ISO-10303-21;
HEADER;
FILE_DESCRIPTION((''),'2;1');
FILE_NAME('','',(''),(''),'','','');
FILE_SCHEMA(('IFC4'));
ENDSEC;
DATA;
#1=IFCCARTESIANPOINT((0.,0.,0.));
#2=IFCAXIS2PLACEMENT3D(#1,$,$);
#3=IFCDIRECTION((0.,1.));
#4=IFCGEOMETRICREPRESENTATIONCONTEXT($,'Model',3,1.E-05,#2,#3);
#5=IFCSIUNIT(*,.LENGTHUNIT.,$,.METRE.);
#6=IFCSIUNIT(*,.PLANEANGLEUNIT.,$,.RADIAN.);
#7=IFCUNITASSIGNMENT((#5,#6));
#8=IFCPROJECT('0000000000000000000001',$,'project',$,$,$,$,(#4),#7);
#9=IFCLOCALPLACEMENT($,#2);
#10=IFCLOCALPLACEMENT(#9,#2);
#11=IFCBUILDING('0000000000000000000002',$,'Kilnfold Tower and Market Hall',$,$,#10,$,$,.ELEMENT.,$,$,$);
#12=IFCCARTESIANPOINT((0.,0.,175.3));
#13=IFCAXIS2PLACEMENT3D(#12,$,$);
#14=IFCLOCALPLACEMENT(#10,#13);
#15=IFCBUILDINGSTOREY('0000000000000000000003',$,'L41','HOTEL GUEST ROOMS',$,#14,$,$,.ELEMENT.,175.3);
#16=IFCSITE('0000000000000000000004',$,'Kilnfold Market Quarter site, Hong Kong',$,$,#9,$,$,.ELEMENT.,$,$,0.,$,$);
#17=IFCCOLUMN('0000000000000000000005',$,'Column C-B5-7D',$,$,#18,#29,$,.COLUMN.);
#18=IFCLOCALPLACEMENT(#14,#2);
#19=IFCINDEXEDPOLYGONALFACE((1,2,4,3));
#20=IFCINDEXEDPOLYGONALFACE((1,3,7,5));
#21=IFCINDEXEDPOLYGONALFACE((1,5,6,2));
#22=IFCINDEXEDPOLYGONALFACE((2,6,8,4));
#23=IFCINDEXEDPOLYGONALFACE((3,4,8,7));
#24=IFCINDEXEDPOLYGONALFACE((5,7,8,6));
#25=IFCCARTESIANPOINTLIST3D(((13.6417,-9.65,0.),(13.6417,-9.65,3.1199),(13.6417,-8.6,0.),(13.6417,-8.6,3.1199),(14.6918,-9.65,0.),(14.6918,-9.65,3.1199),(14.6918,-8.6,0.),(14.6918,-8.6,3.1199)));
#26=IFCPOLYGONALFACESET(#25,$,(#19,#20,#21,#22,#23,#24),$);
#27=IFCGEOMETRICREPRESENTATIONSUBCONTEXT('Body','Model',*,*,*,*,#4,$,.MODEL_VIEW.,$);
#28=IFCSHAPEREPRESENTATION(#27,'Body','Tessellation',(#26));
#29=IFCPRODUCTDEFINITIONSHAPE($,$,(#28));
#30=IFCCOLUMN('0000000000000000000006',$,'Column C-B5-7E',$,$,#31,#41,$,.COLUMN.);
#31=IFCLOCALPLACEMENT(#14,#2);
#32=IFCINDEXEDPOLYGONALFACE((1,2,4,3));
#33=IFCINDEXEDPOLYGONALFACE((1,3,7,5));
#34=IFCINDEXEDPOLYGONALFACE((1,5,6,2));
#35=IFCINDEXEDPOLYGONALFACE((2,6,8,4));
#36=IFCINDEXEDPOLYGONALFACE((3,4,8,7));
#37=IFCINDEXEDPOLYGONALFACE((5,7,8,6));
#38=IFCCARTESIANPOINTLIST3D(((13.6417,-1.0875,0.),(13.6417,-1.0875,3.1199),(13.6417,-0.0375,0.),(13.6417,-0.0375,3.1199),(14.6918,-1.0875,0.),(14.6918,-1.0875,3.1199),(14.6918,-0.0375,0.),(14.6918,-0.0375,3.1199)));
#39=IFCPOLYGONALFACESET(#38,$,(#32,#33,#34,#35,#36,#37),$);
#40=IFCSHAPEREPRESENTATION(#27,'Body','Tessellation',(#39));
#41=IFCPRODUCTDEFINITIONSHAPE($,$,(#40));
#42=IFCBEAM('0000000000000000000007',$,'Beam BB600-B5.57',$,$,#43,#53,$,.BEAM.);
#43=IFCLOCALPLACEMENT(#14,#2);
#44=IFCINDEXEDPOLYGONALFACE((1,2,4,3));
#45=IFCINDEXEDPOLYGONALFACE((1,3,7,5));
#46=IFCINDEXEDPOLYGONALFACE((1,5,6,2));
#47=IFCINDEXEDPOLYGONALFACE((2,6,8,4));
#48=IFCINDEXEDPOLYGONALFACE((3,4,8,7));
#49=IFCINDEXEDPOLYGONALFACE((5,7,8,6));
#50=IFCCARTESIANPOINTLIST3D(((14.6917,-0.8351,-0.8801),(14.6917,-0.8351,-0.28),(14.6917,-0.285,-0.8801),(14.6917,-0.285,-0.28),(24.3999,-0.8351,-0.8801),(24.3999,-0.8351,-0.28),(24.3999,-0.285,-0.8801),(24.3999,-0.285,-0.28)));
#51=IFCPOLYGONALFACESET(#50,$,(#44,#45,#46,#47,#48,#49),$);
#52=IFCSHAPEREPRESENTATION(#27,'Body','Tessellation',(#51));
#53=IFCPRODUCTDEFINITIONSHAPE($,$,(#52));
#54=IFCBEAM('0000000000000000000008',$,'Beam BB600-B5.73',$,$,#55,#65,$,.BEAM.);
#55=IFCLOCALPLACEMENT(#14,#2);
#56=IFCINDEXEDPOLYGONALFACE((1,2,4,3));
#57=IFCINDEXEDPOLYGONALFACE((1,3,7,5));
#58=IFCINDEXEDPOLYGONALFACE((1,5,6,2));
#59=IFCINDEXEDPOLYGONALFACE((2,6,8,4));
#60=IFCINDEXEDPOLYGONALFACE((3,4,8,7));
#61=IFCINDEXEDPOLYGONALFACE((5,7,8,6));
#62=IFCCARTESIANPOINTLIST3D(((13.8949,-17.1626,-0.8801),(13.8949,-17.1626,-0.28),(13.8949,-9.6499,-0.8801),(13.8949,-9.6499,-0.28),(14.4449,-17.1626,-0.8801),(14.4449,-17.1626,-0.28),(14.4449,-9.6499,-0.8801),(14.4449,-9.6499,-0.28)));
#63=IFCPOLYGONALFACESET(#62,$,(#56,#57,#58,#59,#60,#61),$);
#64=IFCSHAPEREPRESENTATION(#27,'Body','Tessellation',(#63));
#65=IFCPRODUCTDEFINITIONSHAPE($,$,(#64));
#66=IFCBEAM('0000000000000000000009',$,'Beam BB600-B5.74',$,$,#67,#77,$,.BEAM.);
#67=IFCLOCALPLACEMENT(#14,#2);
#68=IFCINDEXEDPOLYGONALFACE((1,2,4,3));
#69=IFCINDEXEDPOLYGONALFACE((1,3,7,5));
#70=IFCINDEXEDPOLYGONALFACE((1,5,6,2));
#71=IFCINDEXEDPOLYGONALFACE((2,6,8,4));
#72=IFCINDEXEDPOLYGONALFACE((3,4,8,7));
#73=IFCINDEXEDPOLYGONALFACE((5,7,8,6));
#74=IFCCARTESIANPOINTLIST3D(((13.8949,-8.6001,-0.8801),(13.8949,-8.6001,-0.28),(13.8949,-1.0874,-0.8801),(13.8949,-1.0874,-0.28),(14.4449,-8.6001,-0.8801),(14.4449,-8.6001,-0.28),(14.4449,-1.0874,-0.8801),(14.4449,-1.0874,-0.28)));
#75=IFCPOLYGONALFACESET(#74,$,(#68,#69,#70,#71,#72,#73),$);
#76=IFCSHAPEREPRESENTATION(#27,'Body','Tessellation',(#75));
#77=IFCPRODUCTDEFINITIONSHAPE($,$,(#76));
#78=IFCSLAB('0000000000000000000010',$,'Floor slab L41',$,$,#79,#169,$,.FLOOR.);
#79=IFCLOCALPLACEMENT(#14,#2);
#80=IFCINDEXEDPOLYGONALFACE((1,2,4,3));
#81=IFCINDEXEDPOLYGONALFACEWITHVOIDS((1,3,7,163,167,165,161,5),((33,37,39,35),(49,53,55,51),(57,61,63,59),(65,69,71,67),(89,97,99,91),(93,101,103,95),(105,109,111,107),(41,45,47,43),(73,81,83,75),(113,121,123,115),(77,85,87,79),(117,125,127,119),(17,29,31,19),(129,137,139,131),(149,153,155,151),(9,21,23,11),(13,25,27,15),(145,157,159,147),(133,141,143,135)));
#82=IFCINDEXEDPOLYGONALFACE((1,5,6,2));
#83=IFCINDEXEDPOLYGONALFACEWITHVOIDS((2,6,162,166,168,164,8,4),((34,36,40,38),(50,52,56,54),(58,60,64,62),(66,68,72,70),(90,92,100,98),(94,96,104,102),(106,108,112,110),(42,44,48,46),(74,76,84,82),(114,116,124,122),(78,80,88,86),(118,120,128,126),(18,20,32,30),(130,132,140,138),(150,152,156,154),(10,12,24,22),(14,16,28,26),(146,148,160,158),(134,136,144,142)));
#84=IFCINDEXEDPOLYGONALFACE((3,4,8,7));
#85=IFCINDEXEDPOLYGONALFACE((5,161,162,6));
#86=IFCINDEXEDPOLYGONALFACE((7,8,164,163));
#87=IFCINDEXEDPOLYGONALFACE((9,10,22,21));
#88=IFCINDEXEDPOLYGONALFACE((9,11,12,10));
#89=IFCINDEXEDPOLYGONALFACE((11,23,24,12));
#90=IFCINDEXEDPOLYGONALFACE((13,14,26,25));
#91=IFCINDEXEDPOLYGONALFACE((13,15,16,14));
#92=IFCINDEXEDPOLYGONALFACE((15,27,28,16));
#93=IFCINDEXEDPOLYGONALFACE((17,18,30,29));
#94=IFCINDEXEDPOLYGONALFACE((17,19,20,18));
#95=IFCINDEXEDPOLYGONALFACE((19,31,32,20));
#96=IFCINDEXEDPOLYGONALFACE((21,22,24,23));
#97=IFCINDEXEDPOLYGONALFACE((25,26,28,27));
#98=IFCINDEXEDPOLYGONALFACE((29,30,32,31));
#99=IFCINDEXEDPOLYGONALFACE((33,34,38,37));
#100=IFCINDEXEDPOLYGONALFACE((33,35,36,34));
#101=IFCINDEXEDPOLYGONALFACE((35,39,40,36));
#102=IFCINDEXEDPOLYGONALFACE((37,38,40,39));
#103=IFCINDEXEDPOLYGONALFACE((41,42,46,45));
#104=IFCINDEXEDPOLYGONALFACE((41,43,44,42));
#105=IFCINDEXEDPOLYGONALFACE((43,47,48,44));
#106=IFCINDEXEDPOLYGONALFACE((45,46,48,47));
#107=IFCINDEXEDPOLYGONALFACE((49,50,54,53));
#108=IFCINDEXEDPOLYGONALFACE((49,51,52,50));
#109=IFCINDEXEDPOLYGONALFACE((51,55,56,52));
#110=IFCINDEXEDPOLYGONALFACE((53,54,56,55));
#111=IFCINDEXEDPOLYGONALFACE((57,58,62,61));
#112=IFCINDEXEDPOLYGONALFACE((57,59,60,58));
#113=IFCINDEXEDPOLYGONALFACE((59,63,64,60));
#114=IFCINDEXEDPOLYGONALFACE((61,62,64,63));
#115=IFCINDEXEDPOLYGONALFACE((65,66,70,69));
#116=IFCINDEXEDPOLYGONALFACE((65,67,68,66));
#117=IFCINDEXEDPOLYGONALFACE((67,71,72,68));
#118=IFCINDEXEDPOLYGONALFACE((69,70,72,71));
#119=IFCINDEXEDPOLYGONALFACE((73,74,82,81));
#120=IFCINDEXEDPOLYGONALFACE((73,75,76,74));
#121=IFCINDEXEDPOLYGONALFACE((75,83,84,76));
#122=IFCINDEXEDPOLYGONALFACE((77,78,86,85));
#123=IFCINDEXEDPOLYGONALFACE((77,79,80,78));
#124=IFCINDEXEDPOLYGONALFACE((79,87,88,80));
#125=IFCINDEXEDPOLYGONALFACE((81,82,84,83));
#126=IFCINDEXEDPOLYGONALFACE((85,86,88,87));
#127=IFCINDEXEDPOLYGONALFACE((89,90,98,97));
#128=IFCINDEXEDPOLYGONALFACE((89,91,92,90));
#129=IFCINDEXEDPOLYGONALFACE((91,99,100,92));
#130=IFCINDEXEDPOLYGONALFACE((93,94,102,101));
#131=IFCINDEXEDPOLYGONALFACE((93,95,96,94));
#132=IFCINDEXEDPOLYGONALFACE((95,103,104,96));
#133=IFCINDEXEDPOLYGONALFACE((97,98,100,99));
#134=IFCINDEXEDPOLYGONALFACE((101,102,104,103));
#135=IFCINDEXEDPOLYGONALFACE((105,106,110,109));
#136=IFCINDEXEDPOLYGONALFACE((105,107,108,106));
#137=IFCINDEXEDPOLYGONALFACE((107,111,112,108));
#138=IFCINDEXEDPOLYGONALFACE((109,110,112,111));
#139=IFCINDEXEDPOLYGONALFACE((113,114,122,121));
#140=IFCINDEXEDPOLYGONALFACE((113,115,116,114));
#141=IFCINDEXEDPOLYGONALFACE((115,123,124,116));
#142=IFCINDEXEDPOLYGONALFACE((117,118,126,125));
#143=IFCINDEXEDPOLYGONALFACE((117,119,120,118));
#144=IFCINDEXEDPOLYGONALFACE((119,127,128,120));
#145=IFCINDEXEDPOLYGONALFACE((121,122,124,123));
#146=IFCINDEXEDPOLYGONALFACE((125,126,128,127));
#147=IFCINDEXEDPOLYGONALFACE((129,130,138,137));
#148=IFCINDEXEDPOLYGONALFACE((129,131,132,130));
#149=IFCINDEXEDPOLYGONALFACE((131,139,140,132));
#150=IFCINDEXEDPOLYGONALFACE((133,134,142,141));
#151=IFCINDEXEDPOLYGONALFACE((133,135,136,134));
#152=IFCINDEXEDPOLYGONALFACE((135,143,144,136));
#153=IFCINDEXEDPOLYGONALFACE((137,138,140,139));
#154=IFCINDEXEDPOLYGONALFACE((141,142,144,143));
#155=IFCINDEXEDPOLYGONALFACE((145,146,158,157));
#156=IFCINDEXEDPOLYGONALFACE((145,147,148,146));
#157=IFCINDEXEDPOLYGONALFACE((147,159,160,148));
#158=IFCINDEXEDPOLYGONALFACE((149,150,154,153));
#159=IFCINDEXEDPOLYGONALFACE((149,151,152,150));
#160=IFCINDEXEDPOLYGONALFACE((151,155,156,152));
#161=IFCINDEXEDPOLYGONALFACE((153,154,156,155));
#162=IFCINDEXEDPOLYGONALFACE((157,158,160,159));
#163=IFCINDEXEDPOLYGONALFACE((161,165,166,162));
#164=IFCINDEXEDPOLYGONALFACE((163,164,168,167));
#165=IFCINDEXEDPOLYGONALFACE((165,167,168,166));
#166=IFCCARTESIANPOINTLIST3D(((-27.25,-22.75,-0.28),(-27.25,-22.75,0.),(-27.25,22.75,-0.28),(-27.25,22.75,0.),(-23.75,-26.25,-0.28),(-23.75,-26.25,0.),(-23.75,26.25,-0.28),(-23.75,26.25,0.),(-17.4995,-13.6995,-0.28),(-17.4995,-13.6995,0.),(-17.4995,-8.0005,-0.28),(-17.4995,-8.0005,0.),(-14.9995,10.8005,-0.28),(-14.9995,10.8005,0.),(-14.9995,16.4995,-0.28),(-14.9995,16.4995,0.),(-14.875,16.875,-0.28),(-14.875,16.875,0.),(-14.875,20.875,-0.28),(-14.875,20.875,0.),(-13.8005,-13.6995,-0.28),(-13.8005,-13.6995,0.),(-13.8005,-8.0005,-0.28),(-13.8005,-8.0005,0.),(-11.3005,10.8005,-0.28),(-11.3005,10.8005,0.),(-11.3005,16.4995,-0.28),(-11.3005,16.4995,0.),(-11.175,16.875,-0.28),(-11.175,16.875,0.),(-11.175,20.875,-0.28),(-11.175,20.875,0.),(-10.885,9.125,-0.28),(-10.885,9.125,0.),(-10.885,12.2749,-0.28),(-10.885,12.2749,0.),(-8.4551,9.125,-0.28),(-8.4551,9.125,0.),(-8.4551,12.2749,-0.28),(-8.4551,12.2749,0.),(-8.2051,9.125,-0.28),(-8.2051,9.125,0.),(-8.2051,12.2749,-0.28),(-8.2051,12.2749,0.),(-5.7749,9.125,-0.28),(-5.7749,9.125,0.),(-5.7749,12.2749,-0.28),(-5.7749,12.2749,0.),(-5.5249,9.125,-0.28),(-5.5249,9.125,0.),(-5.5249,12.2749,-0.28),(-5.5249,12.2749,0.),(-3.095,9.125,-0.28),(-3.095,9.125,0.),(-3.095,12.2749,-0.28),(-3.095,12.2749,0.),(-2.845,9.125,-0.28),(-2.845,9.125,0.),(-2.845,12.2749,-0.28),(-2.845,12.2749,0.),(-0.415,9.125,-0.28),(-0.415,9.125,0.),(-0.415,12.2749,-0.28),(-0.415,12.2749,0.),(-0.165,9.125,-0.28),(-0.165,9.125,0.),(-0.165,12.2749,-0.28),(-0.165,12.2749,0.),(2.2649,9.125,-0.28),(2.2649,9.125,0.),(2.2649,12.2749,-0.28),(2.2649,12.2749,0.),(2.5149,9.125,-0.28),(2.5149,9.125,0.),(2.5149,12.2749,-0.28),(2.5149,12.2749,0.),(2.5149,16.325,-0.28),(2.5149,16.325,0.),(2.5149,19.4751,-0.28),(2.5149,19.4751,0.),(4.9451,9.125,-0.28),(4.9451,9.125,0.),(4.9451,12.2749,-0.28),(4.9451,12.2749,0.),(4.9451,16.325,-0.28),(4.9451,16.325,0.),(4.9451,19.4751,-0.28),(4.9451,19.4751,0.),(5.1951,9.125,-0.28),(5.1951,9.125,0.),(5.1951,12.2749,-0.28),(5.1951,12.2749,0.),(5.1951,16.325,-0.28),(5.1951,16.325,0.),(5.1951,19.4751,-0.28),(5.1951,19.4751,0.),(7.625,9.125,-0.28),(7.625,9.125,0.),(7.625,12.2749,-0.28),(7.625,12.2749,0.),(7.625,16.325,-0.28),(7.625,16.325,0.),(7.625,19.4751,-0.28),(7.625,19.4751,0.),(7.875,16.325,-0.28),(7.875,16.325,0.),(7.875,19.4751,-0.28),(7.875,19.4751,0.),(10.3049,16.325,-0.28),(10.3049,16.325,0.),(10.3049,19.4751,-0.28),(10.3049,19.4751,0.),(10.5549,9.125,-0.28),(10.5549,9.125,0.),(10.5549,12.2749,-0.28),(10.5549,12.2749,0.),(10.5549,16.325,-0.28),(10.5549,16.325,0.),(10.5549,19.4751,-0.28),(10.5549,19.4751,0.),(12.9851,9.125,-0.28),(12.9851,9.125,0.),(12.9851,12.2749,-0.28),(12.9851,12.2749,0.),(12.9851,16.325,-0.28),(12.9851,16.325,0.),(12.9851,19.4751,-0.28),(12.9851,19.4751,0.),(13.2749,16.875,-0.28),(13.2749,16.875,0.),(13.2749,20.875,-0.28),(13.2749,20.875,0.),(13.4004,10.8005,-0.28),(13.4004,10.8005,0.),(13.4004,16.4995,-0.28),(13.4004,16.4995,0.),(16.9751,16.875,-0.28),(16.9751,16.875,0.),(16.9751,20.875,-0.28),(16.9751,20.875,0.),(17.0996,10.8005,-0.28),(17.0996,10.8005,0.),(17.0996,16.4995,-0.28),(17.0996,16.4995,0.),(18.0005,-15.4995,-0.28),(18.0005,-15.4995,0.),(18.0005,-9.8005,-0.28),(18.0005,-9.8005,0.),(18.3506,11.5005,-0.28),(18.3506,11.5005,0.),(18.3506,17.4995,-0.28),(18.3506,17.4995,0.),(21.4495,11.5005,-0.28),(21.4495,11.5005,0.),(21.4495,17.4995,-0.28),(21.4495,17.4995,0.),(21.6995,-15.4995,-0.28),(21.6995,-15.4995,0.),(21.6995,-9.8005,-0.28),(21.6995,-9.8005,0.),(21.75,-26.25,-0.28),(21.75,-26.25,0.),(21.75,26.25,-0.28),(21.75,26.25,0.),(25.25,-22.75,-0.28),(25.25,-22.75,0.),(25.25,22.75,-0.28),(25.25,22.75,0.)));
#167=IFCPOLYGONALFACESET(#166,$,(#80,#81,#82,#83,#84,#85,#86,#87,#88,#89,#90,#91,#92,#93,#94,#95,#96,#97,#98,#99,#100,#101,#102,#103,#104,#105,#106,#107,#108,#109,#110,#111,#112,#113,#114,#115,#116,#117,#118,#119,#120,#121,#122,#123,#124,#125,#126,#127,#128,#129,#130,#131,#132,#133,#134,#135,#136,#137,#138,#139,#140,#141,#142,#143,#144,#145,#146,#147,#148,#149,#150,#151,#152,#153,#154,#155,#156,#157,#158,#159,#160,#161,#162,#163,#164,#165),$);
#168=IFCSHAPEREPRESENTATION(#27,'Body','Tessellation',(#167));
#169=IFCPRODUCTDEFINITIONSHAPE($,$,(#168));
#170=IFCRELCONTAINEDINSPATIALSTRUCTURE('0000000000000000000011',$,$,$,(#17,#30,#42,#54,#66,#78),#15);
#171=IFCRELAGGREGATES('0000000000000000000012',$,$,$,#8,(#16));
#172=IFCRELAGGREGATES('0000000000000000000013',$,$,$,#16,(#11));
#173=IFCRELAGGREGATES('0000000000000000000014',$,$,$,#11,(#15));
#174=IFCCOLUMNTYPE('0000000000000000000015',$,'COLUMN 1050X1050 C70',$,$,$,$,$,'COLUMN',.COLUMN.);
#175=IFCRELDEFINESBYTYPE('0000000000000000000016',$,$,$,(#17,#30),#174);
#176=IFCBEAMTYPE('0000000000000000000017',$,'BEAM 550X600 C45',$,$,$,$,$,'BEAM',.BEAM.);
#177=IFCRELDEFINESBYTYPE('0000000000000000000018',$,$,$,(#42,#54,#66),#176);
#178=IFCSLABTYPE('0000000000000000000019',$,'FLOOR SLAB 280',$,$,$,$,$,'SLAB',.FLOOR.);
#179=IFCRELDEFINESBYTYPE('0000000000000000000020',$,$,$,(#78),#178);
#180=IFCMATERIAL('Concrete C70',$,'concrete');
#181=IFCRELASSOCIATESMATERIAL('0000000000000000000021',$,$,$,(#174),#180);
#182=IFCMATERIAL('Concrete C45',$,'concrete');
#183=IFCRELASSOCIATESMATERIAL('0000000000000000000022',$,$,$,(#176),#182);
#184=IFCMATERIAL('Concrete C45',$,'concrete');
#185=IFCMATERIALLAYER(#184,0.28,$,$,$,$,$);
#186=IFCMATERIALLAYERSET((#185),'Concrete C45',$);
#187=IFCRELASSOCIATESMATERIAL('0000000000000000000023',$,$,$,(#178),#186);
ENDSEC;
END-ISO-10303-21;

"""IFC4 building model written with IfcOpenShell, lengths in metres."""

from ifc_helpers import new_model, si_unit, direction, frame, origin, origin_2d, place, context, subcontext, project, spatial, polyline, rectangle, outline, extrude, source, transform, mapped, material, layer, layer_set, material_profile, profile_set, type_object, element, save


model = new_model("IFC4")

# Units and contexts
model_context = context("Model", 3, precision=1e-05, world=origin(), true_north=direction((0.0, 1.0)))
body_context = subcontext(model_context, "Body", "Model", "MODEL_VIEW")
ifc_project = project(units=[si_unit("LENGTHUNIT", "METRE"), si_unit("PLANEANGLEUNIT", "RADIAN")], contexts=[model_context])

# Site, building, storey
site_placement = place(None, origin())
site = spatial("IfcSite", under=ifc_project, at=site_placement, Name="Kilnfold Market Quarter site, Hong Kong", CompositionType="ELEMENT", RefElevation=0.0)
building_placement = place(site_placement, origin())
building = spatial("IfcBuilding", under=site, at=building_placement, Name="Kilnfold Tower and Market Hall", CompositionType="ELEMENT")
storey_placement = place(building_placement, frame((0.0, 0.0, 175.3)))
storey = spatial("IfcBuildingStorey", under=building, at=storey_placement, Name="L41", Description="HOTEL GUEST ROOMS", CompositionType="ELEMENT", Elevation=175.3)

# Columns
ifc_material_1 = material(Name="Concrete C70", Category="concrete")
ifc_material_profile_1 = material_profile(ifc_material_1, rectangle(XDim=1.05, YDim=1.05, at=origin_2d()), Name="RC 1050x1050")
ifc_profile_set_1 = profile_set([ifc_material_profile_1], Name="Concrete C70")
column_type = type_object("IfcColumnType", Name="COLUMN 1050X1050 C70", ElementType="COLUMN", PredefinedType="COLUMN", material=ifc_profile_set_1)
shared_shape_1 = source(origin(), body_context, "Body", "SweptSolid", [
    extrude(rectangle(XDim=1.05, YDim=1.05, at=origin_2d()), origin(), (0.0, 0.0, 1.0), 3.1199),
])
for number, where, z_axis, x_axis, name in (
    (1, (14.1667, -9.125, 0.0), (0.0, 0.0, 1.0), (1.0, 0.0, 0.0), "Column C-B5-7D"),
    (2, (14.1667, -0.5625, 0.0), (0.0, 0.0, 1.0), (1.0, 0.0, 0.0), "Column C-B5-7E"),
):
    element("IfcColumn", number, at=place(storey_placement, frame(where, z_axis=z_axis, x_axis=x_axis)), inside=storey, type_object=column_type, Name=name, PredefinedType="COLUMN", context=body_context, shape_type="MappedRepresentation", body=[
        mapped(shared_shape_1, transform((0.0, 0.0, 0.0))),
    ])

# Beams
ifc_material_2 = material(Name="Concrete C45", Category="concrete")
ifc_material_profile_2 = material_profile(ifc_material_2, rectangle(XDim=0.55, YDim=0.6001, at=origin_2d()), Name="RC 550x600")
ifc_profile_set_2 = profile_set([ifc_material_profile_2], Name="Concrete C45")
beam_type = type_object("IfcBeamType", Name="BEAM 550X600 C45", ElementType="BEAM", PredefinedType="BEAM", material=ifc_profile_set_2)
shared_shape_2 = source(origin(), body_context, "Body", "SweptSolid", [
    extrude(rectangle(XDim=0.55, YDim=0.6001, at=origin_2d()), origin(), (0.0, 0.0, 1.0), 9.7083),
])
beam_placement = place(storey_placement, frame((14.6917, -0.5601, -0.5801), z_axis=(1.0, 0.0, 0.0), x_axis=(0.0, 1.0, 0.0)))
element("IfcBeam", 3, at=beam_placement, inside=storey, type_object=beam_type, Name="Beam BB600-B5.57", PredefinedType="BEAM", context=body_context, shape_type="MappedRepresentation", body=[
    mapped(shared_shape_2, transform((0.0, 0.0, 0.0))),
])
shared_shape_3 = source(origin(), body_context, "Body", "SweptSolid", [
    extrude(rectangle(XDim=0.55, YDim=0.6001, at=origin_2d()), origin(), (0.0, 0.0, 1.0), 7.5127),
])
for number, where, z_axis, x_axis, name in (
    (4, (14.1699, -17.1626, -0.5801), (0.0, 1.0, 0.0), (-1.0, 0.0, 0.0), "Beam BB600-B5.73"),
    (5, (14.1699, -8.6001, -0.5801), (0.0, 1.0, 0.0), (-1.0, 0.0, 0.0), "Beam BB600-B5.74"),
):
    element("IfcBeam", number, at=place(storey_placement, frame(where, z_axis=z_axis, x_axis=x_axis)), inside=storey, type_object=beam_type, Name=name, PredefinedType="BEAM", context=body_context, shape_type="MappedRepresentation", body=[
        mapped(shared_shape_3, transform((0.0, 0.0, 0.0))),
    ])

# Slab
ifc_material_3 = material(Name="Concrete C45", Category="concrete")
ifc_layer_1 = layer(ifc_material_3, 0.28)
ifc_layer_set_1 = layer_set([ifc_layer_1], Name="Concrete C45")
slab_type_1 = type_object("IfcSlabType", Name="FLOOR SLAB 280", ElementType="SLAB", PredefinedType="FLOOR", material=ifc_layer_set_1)
shared_shape_4 = source(origin(), body_context, "Body", "SweptSolid", [
    extrude(outline(polyline([(-23.75, -26.25), (21.75, -26.25), (25.25, -22.75), (25.25, 22.75), (21.75, 26.25), (-23.75, 26.25), (-27.25, 22.75), (-27.25, -22.75), (-23.75, -26.25)]), holes=[polyline([(-13.8005, -13.6995), (-17.4995, -13.6995), (-17.4995, -8.0005), (-13.8005, -8.0005), (-13.8005, -13.6995)]), polyline([(-14.9995, 10.8005), (-14.9995, 16.4995), (-11.3005, 16.4995), (-11.3005, 10.8005), (-14.9995, 10.8005)]), polyline([(-11.175, 16.875), (-14.875, 16.875), (-14.875, 20.875), (-11.175, 20.875), (-11.175, 16.875)]), polyline([(-8.4551, 9.125), (-10.885, 9.125), (-10.885, 12.2749), (-8.4551, 12.2749), (-8.4551, 9.125)]), polyline([(-5.7749, 9.125), (-8.2051, 9.125), (-8.2051, 12.2749), (-5.7749, 12.2749), (-5.7749, 9.125)]), polyline([(-3.095, 9.125), (-5.5249, 9.125), (-5.5249, 12.2749), (-3.095, 12.2749), (-3.095, 9.125)]), polyline([(-0.415, 9.125), (-2.845, 9.125), (-2.845, 12.2749), (-0.415, 12.2749), (-0.415, 9.125)]), polyline([(2.2649, 9.125), (-0.165, 9.125), (-0.165, 12.2749), (2.2649, 12.2749), (2.2649, 9.125)]), polyline([(4.9451, 9.125), (2.5149, 9.125), (2.5149, 12.2749), (4.9451, 12.2749), (4.9451, 9.125)]), polyline([(2.5149, 16.325), (2.5149, 19.4751), (4.9451, 19.4751), (4.9451, 16.325), (2.5149, 16.325)]), polyline([(7.625, 9.125), (5.1951, 9.125), (5.1951, 12.2749), (7.625, 12.2749), (7.625, 9.125)]), polyline([(7.625, 16.325), (5.1951, 16.325), (5.1951, 19.4751), (7.625, 19.4751), (7.625, 16.325)]), polyline([(10.3049, 16.325), (7.875, 16.325), (7.875, 19.4751), (10.3049, 19.4751), (10.3049, 16.325)]), polyline([(10.5549, 9.125), (10.5549, 12.2749), (12.9851, 12.2749), (12.9851, 9.125), (10.5549, 9.125)]), polyline([(10.5549, 16.325), (10.5549, 19.4751), (12.9851, 19.4751), (12.9851, 16.325), (10.5549, 16.325)]), polyline([(13.2749, 16.875), (13.2749, 20.875), (16.9751, 20.875), (16.9751, 16.875), (13.2749, 16.875)]), polyline([(13.4004, 10.8005), (13.4004, 16.4995), (17.0996, 16.4995), (17.0996, 10.8005), (13.4004, 10.8005)]), polyline([(18.0005, -9.8005), (21.6995, -9.8005), (21.6995, -15.4995), (18.0005, -15.4995), (18.0005, -9.8005)]), polyline([(21.4495, 11.5005), (18.3506, 11.5005), (18.3506, 17.4995), (21.4495, 17.4995), (21.4495, 11.5005)])]), origin(), (0.0, 0.0, 1.0), 0.28),
])
slab_1_placement = place(storey_placement, frame((0.0, 0.0, -0.28)))
element("IfcSlab", 6, at=slab_1_placement, inside=storey, type_object=slab_type_1, Name="Floor slab L41", PredefinedType="FLOOR", context=body_context, shape_type="MappedRepresentation", body=[
    mapped(shared_shape_4, transform((0.0, 0.0, 0.0))),
])

save(model, "model.ifc")
